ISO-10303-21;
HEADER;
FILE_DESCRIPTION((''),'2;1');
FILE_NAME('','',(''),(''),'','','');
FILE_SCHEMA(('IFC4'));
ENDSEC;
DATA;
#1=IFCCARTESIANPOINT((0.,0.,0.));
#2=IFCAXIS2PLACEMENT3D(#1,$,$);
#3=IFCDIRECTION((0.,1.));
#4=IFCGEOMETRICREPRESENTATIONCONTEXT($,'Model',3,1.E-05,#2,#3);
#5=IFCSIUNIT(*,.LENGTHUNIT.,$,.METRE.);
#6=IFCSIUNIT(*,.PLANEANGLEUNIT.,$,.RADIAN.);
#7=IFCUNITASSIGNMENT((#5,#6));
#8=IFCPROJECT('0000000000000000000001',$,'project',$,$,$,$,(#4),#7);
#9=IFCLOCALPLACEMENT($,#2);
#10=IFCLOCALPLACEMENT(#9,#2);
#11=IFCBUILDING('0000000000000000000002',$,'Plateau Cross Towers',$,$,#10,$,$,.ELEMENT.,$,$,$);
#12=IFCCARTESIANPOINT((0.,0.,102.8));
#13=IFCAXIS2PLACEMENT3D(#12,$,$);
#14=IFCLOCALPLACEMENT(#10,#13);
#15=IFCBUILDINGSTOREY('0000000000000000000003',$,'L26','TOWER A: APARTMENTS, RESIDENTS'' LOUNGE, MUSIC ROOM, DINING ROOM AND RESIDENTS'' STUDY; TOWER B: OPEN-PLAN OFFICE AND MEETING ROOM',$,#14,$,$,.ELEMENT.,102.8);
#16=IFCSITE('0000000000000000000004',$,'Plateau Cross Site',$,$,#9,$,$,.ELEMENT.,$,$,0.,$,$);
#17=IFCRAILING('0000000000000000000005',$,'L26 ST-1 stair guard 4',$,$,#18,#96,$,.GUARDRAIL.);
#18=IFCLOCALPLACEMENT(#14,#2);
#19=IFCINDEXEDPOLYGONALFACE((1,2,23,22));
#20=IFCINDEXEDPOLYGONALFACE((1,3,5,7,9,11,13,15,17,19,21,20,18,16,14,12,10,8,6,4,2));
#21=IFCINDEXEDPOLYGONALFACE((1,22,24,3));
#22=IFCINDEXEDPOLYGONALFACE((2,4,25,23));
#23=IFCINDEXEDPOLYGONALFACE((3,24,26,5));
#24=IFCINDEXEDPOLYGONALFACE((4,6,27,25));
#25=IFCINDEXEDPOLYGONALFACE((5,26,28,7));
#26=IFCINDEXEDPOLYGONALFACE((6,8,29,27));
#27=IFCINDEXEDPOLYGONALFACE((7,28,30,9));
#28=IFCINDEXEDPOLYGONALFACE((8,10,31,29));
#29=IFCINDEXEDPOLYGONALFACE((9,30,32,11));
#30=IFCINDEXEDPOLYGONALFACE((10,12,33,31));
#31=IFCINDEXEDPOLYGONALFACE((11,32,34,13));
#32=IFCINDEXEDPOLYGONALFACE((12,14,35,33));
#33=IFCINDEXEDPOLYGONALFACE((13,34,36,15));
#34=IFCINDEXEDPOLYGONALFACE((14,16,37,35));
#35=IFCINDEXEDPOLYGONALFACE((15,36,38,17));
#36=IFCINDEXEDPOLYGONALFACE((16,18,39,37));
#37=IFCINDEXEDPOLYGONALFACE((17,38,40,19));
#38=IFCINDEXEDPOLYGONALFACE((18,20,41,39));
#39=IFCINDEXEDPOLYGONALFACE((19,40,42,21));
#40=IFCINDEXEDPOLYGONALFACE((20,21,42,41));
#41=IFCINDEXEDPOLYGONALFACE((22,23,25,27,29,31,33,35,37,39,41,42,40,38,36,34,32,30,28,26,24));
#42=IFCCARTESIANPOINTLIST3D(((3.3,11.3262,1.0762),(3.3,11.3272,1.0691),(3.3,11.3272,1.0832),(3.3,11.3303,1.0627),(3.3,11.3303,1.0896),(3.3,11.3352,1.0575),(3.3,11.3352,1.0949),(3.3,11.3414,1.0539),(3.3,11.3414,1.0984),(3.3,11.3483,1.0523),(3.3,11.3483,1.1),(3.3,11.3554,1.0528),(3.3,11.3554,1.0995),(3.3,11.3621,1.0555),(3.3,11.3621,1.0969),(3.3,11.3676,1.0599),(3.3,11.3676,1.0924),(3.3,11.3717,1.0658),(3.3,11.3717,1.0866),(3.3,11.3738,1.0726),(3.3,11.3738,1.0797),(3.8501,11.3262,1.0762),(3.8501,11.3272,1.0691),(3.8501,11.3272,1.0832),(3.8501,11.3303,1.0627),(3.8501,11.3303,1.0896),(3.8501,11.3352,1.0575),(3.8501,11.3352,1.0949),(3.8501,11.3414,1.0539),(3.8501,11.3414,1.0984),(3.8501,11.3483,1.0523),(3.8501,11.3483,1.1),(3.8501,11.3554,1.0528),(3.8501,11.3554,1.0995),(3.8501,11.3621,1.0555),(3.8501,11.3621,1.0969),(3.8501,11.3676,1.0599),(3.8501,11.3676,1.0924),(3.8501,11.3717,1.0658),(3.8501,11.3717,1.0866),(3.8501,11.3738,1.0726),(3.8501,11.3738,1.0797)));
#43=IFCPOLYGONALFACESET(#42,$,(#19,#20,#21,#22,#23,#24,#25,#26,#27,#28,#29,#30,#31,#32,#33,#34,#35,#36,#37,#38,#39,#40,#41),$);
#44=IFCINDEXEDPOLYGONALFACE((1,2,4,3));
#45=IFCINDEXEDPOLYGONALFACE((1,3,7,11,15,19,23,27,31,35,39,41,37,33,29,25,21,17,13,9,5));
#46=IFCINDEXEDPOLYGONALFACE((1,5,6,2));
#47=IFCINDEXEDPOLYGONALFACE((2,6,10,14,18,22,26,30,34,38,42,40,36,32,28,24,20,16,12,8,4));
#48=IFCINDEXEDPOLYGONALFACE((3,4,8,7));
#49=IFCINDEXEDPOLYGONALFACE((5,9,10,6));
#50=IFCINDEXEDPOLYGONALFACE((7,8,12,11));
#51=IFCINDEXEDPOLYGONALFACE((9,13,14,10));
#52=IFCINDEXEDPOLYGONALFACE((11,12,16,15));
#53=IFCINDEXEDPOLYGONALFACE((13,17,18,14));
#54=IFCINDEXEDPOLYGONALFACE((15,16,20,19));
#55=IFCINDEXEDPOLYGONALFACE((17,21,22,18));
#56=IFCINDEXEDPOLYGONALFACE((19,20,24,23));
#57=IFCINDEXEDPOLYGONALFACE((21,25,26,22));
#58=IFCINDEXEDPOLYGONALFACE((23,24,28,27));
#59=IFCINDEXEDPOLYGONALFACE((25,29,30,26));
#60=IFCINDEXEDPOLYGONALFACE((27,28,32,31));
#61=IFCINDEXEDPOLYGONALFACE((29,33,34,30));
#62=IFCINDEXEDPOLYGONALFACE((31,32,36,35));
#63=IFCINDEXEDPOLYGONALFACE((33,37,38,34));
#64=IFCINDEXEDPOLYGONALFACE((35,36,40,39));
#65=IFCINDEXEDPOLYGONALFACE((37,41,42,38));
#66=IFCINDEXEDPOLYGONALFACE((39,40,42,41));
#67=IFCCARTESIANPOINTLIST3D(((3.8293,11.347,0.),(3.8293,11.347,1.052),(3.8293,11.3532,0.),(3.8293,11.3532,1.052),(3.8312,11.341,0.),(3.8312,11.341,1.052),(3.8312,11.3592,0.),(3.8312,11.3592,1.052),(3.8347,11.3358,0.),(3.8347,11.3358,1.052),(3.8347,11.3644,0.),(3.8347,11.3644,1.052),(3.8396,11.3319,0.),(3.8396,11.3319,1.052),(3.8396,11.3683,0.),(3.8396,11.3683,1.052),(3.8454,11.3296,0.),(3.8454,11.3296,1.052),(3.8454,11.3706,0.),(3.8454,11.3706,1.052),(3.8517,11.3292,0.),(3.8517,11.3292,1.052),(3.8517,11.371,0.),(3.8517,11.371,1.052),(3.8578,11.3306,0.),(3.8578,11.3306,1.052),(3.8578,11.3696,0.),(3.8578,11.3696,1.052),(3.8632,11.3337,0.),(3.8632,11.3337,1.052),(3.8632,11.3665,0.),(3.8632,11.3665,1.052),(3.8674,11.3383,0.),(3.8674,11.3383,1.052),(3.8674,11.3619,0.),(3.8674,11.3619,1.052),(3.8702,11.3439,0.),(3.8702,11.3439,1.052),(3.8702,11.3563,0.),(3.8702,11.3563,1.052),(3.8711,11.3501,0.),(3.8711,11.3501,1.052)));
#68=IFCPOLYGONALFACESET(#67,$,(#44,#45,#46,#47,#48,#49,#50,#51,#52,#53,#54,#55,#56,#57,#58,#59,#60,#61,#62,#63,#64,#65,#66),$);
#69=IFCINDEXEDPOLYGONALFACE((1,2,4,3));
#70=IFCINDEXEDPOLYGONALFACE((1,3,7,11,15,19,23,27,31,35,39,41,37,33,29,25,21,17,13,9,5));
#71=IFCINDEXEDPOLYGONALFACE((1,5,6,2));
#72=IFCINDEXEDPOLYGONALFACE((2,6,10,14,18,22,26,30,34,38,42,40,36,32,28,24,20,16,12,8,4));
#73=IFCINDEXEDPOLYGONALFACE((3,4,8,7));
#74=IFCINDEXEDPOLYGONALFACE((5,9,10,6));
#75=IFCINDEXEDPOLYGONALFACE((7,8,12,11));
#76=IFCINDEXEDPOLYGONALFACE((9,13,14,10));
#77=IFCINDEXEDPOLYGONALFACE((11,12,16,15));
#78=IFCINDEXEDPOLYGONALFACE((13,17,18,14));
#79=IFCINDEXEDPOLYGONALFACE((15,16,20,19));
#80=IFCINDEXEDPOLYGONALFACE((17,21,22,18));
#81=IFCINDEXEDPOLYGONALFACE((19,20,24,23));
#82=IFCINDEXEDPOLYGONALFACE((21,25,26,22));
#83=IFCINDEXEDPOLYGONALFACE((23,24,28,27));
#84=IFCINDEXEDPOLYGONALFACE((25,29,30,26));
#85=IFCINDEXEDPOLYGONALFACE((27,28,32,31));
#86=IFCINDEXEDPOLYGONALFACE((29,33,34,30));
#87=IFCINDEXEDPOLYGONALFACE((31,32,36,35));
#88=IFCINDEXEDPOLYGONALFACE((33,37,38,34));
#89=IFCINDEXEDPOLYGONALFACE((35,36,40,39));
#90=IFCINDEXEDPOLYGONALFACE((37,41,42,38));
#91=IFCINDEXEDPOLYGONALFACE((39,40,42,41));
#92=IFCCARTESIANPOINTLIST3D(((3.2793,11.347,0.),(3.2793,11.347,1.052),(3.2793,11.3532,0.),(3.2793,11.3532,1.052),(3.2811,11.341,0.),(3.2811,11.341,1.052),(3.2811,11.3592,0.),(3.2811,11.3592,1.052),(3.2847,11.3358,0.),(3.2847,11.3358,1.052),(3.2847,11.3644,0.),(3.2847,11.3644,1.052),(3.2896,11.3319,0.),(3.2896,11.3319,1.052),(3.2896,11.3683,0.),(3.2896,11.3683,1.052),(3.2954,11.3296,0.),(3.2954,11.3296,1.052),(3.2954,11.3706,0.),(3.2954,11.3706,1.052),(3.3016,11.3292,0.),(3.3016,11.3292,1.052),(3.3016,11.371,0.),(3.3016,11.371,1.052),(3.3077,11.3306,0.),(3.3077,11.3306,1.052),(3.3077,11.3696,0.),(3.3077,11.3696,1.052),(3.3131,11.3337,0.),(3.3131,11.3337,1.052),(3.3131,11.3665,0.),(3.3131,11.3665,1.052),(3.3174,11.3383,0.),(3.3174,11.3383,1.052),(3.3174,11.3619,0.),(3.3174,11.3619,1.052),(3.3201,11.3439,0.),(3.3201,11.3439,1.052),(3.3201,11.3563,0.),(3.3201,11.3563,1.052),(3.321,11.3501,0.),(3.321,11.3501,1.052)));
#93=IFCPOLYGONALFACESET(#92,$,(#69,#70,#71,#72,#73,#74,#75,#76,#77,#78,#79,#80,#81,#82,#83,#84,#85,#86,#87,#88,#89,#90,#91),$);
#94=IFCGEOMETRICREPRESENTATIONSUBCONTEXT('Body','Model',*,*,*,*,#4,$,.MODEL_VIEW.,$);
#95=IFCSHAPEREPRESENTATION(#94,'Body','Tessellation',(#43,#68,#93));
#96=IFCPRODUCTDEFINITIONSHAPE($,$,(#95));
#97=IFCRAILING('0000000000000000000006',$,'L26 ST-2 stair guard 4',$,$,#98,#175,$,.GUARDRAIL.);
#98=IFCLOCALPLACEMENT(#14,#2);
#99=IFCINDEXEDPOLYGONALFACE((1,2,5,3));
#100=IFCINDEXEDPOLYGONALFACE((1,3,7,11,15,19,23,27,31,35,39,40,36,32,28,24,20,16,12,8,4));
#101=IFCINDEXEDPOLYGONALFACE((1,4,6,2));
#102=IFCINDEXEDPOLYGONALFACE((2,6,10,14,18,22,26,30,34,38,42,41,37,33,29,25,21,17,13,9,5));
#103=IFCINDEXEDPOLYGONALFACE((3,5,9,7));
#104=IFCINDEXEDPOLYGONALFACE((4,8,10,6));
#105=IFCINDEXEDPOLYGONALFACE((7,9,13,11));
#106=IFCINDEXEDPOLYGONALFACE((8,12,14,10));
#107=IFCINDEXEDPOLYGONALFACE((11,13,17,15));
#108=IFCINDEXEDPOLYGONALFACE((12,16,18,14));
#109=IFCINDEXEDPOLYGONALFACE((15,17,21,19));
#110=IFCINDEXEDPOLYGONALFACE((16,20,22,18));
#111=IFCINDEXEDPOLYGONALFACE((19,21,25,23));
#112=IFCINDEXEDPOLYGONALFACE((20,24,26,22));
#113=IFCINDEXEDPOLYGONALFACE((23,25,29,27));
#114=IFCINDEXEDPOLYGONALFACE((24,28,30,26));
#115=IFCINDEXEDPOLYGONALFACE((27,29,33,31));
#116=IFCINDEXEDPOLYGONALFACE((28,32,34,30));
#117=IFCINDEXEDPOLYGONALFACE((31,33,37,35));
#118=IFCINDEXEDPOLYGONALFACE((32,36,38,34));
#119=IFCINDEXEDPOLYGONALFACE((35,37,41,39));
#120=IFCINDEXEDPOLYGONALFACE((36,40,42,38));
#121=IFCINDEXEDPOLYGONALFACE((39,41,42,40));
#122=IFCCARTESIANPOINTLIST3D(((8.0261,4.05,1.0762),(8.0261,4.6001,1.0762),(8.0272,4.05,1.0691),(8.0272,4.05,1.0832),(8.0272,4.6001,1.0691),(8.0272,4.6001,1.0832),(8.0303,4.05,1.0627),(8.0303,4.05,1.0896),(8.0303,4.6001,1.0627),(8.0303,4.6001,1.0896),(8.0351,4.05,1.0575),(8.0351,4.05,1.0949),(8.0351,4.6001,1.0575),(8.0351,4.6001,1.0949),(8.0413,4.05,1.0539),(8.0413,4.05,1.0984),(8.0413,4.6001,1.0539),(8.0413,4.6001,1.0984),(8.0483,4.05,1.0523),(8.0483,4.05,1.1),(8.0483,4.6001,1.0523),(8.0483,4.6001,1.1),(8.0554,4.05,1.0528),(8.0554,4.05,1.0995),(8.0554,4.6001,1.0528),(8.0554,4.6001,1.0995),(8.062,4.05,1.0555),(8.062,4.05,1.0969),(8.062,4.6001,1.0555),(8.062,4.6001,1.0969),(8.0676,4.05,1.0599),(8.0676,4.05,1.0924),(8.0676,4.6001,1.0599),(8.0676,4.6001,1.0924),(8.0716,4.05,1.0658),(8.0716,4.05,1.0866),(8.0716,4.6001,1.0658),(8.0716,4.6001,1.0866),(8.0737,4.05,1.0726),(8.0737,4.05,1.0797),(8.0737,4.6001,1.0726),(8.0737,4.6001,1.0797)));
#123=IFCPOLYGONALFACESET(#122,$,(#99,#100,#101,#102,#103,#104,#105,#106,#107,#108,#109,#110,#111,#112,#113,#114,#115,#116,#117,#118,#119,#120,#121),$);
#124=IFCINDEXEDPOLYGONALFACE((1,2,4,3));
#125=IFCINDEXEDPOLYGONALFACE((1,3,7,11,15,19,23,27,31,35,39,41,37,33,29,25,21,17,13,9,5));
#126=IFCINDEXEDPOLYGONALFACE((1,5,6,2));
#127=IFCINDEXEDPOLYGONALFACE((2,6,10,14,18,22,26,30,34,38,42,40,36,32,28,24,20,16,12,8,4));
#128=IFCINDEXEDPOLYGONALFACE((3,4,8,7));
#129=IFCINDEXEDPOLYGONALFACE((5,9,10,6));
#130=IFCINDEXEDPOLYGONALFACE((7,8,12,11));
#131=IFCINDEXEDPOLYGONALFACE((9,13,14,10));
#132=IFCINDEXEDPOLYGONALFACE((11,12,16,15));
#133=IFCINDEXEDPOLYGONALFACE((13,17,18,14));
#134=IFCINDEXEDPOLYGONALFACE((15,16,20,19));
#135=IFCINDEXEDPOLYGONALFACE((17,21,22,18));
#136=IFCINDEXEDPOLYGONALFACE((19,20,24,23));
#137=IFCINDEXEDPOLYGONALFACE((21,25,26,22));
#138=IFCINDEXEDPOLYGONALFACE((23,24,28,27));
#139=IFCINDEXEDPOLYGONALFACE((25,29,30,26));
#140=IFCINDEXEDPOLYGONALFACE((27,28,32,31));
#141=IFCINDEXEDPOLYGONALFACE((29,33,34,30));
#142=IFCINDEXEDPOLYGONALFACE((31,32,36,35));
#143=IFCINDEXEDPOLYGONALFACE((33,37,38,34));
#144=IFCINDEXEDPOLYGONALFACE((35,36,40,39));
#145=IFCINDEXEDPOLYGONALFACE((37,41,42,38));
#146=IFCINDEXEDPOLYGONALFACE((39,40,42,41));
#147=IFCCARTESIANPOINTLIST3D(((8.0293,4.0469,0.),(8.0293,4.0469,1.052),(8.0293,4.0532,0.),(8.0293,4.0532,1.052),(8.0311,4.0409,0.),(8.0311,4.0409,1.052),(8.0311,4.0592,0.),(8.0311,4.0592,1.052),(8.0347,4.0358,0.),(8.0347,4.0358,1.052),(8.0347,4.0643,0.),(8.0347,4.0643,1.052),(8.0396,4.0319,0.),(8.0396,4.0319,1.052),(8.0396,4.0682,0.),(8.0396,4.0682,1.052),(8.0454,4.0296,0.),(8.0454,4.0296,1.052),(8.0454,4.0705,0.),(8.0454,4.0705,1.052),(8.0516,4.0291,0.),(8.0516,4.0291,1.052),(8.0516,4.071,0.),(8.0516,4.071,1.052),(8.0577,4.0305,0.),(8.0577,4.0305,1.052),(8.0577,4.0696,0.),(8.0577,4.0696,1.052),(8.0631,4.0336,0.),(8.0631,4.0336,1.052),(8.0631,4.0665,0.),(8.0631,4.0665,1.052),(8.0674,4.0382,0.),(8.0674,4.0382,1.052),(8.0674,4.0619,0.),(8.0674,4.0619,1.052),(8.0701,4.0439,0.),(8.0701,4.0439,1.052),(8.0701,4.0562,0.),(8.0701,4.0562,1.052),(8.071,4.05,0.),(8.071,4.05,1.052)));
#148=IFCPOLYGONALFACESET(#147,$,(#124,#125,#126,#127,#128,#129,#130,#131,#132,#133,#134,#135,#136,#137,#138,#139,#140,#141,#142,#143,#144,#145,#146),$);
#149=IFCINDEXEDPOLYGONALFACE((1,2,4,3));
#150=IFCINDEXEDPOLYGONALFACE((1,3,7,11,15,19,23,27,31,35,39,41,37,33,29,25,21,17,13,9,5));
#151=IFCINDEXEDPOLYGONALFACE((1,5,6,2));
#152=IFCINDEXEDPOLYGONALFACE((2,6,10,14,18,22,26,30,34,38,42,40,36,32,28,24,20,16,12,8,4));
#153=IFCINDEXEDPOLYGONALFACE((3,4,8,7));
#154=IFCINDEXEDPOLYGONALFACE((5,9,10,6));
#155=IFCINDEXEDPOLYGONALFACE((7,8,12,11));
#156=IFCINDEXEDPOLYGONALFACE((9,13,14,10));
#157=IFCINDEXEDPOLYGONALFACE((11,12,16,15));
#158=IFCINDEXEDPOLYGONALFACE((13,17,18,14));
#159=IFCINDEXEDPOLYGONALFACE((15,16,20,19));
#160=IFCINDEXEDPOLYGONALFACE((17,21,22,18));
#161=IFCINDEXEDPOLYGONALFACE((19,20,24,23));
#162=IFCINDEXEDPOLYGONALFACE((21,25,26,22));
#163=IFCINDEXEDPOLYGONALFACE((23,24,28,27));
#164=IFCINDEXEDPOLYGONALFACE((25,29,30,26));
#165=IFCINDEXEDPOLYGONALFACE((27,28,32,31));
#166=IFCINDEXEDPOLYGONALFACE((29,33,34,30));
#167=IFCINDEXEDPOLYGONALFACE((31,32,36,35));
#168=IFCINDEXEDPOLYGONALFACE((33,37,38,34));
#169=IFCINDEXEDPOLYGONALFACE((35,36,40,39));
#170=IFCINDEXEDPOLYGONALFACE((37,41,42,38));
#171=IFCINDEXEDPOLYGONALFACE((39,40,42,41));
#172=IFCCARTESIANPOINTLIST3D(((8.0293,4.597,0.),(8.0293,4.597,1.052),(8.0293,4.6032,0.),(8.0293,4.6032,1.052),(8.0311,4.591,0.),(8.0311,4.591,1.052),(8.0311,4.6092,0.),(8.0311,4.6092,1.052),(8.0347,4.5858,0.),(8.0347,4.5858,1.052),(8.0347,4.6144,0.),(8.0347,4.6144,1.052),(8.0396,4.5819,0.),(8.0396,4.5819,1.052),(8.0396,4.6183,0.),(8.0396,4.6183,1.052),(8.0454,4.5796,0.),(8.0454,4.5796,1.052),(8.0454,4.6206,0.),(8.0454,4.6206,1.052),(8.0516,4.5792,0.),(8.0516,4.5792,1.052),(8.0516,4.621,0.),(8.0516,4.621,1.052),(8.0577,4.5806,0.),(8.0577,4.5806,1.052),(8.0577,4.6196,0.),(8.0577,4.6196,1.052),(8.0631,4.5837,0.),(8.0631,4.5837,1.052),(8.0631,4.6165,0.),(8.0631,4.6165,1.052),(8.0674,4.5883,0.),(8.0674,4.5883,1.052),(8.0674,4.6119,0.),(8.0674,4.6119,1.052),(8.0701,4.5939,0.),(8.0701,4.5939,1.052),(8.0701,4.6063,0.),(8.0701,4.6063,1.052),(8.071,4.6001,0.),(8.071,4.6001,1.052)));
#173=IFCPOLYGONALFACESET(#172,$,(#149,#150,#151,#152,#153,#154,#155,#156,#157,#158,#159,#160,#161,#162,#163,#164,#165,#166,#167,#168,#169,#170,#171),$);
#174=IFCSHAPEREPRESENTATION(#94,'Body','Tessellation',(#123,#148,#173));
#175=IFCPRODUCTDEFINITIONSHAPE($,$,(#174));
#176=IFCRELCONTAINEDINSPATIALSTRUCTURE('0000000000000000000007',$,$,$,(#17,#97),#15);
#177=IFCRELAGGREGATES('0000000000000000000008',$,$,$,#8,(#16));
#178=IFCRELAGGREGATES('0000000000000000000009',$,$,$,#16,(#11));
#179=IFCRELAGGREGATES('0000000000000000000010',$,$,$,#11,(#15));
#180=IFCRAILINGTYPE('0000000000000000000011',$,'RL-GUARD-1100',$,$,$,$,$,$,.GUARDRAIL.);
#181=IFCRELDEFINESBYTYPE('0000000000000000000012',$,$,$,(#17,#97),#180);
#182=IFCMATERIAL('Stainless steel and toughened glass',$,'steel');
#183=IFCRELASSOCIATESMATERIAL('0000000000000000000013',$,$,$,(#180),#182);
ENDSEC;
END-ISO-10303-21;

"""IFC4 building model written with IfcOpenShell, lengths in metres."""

from ifc_helpers import new_model, si_unit, direction, frame, origin, origin_2d, place, context, subcontext, project, spatial, circle, extrude, material, type_object, element, save


model = new_model("IFC4")

# Units and contexts
model_context = context("Model", 3, precision=1e-05, world=origin(), true_north=direction((0.0, 1.0)))
body_context = subcontext(model_context, "Body", "Model", "MODEL_VIEW")
ifc_project = project(units=[si_unit("LENGTHUNIT", "METRE"), si_unit("PLANEANGLEUNIT", "RADIAN")], contexts=[model_context])

# Site, building, storey
site_placement = place(None, origin())
site = spatial("IfcSite", under=ifc_project, at=site_placement, Name="Plateau Cross Site", CompositionType="ELEMENT", RefElevation=0.0)
building_placement = place(site_placement, origin())
building = spatial("IfcBuilding", under=site, at=building_placement, Name="Plateau Cross Towers", CompositionType="ELEMENT")
storey_placement = place(building_placement, frame((0.0, 0.0, 102.8)))
storey = spatial("IfcBuildingStorey", under=building, at=storey_placement, Name="L26", Description="TOWER A: APARTMENTS, RESIDENTS' LOUNGE, MUSIC ROOM, DINING ROOM AND RESIDENTS' STUDY; TOWER B: OPEN-PLAN OFFICE AND MEETING ROOM", CompositionType="ELEMENT", Elevation=102.8)

# Railings
ifc_material_1 = material(Name="Stainless steel and toughened glass", Category="steel")
railing_type = type_object("IfcRailingType", Name="RL-GUARD-1100", PredefinedType="GUARDRAIL", material=ifc_material_1)
railing_1_placement = place(storey_placement, frame((3.8501, 11.3501, 0.0)))
element("IfcRailing", 1, at=railing_1_placement, inside=storey, type_object=railing_type, Name="L26 ST-1 stair guard 4", PredefinedType="GUARDRAIL", context=body_context, shape_type="SweptSolid", body=[
    extrude(circle(Radius=0.0239, at=origin_2d()), frame((0.0, 0.0, 1.0762), z_axis=(-1.0, 0.0, 0.0), x_axis=(0.0, -1.0, 0.0)), (0.0, 0.0, 1.0), 0.55),
    extrude(circle(Radius=0.021, at=origin_2d()), origin(), (0.0, 0.0, 1.0), 1.052),
    extrude(circle(Radius=0.021, at=origin_2d()), frame((-0.55, 0.0, 0.0)), (0.0, 0.0, 1.0), 1.052),
])
railing_2_placement = place(storey_placement, frame((8.05, 4.05, 0.0)))
element("IfcRailing", 2, at=railing_2_placement, inside=storey, type_object=railing_type, Name="L26 ST-2 stair guard 4", PredefinedType="GUARDRAIL", context=body_context, shape_type="SweptSolid", body=[
    extrude(circle(Radius=0.0239, at=origin_2d()), frame((0.0, 0.0, 1.0762), z_axis=(0.0, 1.0, 0.0), x_axis=(-1.0, 0.0, 0.0)), (0.0, 0.0, 1.0), 0.55),
    extrude(circle(Radius=0.021, at=origin_2d()), origin(), (0.0, 0.0, 1.0), 1.052),
    extrude(circle(Radius=0.021, at=origin_2d()), frame((0.0, 0.55, 0.0)), (0.0, 0.0, 1.0), 1.052),
])

save(model, "model.ifc")
